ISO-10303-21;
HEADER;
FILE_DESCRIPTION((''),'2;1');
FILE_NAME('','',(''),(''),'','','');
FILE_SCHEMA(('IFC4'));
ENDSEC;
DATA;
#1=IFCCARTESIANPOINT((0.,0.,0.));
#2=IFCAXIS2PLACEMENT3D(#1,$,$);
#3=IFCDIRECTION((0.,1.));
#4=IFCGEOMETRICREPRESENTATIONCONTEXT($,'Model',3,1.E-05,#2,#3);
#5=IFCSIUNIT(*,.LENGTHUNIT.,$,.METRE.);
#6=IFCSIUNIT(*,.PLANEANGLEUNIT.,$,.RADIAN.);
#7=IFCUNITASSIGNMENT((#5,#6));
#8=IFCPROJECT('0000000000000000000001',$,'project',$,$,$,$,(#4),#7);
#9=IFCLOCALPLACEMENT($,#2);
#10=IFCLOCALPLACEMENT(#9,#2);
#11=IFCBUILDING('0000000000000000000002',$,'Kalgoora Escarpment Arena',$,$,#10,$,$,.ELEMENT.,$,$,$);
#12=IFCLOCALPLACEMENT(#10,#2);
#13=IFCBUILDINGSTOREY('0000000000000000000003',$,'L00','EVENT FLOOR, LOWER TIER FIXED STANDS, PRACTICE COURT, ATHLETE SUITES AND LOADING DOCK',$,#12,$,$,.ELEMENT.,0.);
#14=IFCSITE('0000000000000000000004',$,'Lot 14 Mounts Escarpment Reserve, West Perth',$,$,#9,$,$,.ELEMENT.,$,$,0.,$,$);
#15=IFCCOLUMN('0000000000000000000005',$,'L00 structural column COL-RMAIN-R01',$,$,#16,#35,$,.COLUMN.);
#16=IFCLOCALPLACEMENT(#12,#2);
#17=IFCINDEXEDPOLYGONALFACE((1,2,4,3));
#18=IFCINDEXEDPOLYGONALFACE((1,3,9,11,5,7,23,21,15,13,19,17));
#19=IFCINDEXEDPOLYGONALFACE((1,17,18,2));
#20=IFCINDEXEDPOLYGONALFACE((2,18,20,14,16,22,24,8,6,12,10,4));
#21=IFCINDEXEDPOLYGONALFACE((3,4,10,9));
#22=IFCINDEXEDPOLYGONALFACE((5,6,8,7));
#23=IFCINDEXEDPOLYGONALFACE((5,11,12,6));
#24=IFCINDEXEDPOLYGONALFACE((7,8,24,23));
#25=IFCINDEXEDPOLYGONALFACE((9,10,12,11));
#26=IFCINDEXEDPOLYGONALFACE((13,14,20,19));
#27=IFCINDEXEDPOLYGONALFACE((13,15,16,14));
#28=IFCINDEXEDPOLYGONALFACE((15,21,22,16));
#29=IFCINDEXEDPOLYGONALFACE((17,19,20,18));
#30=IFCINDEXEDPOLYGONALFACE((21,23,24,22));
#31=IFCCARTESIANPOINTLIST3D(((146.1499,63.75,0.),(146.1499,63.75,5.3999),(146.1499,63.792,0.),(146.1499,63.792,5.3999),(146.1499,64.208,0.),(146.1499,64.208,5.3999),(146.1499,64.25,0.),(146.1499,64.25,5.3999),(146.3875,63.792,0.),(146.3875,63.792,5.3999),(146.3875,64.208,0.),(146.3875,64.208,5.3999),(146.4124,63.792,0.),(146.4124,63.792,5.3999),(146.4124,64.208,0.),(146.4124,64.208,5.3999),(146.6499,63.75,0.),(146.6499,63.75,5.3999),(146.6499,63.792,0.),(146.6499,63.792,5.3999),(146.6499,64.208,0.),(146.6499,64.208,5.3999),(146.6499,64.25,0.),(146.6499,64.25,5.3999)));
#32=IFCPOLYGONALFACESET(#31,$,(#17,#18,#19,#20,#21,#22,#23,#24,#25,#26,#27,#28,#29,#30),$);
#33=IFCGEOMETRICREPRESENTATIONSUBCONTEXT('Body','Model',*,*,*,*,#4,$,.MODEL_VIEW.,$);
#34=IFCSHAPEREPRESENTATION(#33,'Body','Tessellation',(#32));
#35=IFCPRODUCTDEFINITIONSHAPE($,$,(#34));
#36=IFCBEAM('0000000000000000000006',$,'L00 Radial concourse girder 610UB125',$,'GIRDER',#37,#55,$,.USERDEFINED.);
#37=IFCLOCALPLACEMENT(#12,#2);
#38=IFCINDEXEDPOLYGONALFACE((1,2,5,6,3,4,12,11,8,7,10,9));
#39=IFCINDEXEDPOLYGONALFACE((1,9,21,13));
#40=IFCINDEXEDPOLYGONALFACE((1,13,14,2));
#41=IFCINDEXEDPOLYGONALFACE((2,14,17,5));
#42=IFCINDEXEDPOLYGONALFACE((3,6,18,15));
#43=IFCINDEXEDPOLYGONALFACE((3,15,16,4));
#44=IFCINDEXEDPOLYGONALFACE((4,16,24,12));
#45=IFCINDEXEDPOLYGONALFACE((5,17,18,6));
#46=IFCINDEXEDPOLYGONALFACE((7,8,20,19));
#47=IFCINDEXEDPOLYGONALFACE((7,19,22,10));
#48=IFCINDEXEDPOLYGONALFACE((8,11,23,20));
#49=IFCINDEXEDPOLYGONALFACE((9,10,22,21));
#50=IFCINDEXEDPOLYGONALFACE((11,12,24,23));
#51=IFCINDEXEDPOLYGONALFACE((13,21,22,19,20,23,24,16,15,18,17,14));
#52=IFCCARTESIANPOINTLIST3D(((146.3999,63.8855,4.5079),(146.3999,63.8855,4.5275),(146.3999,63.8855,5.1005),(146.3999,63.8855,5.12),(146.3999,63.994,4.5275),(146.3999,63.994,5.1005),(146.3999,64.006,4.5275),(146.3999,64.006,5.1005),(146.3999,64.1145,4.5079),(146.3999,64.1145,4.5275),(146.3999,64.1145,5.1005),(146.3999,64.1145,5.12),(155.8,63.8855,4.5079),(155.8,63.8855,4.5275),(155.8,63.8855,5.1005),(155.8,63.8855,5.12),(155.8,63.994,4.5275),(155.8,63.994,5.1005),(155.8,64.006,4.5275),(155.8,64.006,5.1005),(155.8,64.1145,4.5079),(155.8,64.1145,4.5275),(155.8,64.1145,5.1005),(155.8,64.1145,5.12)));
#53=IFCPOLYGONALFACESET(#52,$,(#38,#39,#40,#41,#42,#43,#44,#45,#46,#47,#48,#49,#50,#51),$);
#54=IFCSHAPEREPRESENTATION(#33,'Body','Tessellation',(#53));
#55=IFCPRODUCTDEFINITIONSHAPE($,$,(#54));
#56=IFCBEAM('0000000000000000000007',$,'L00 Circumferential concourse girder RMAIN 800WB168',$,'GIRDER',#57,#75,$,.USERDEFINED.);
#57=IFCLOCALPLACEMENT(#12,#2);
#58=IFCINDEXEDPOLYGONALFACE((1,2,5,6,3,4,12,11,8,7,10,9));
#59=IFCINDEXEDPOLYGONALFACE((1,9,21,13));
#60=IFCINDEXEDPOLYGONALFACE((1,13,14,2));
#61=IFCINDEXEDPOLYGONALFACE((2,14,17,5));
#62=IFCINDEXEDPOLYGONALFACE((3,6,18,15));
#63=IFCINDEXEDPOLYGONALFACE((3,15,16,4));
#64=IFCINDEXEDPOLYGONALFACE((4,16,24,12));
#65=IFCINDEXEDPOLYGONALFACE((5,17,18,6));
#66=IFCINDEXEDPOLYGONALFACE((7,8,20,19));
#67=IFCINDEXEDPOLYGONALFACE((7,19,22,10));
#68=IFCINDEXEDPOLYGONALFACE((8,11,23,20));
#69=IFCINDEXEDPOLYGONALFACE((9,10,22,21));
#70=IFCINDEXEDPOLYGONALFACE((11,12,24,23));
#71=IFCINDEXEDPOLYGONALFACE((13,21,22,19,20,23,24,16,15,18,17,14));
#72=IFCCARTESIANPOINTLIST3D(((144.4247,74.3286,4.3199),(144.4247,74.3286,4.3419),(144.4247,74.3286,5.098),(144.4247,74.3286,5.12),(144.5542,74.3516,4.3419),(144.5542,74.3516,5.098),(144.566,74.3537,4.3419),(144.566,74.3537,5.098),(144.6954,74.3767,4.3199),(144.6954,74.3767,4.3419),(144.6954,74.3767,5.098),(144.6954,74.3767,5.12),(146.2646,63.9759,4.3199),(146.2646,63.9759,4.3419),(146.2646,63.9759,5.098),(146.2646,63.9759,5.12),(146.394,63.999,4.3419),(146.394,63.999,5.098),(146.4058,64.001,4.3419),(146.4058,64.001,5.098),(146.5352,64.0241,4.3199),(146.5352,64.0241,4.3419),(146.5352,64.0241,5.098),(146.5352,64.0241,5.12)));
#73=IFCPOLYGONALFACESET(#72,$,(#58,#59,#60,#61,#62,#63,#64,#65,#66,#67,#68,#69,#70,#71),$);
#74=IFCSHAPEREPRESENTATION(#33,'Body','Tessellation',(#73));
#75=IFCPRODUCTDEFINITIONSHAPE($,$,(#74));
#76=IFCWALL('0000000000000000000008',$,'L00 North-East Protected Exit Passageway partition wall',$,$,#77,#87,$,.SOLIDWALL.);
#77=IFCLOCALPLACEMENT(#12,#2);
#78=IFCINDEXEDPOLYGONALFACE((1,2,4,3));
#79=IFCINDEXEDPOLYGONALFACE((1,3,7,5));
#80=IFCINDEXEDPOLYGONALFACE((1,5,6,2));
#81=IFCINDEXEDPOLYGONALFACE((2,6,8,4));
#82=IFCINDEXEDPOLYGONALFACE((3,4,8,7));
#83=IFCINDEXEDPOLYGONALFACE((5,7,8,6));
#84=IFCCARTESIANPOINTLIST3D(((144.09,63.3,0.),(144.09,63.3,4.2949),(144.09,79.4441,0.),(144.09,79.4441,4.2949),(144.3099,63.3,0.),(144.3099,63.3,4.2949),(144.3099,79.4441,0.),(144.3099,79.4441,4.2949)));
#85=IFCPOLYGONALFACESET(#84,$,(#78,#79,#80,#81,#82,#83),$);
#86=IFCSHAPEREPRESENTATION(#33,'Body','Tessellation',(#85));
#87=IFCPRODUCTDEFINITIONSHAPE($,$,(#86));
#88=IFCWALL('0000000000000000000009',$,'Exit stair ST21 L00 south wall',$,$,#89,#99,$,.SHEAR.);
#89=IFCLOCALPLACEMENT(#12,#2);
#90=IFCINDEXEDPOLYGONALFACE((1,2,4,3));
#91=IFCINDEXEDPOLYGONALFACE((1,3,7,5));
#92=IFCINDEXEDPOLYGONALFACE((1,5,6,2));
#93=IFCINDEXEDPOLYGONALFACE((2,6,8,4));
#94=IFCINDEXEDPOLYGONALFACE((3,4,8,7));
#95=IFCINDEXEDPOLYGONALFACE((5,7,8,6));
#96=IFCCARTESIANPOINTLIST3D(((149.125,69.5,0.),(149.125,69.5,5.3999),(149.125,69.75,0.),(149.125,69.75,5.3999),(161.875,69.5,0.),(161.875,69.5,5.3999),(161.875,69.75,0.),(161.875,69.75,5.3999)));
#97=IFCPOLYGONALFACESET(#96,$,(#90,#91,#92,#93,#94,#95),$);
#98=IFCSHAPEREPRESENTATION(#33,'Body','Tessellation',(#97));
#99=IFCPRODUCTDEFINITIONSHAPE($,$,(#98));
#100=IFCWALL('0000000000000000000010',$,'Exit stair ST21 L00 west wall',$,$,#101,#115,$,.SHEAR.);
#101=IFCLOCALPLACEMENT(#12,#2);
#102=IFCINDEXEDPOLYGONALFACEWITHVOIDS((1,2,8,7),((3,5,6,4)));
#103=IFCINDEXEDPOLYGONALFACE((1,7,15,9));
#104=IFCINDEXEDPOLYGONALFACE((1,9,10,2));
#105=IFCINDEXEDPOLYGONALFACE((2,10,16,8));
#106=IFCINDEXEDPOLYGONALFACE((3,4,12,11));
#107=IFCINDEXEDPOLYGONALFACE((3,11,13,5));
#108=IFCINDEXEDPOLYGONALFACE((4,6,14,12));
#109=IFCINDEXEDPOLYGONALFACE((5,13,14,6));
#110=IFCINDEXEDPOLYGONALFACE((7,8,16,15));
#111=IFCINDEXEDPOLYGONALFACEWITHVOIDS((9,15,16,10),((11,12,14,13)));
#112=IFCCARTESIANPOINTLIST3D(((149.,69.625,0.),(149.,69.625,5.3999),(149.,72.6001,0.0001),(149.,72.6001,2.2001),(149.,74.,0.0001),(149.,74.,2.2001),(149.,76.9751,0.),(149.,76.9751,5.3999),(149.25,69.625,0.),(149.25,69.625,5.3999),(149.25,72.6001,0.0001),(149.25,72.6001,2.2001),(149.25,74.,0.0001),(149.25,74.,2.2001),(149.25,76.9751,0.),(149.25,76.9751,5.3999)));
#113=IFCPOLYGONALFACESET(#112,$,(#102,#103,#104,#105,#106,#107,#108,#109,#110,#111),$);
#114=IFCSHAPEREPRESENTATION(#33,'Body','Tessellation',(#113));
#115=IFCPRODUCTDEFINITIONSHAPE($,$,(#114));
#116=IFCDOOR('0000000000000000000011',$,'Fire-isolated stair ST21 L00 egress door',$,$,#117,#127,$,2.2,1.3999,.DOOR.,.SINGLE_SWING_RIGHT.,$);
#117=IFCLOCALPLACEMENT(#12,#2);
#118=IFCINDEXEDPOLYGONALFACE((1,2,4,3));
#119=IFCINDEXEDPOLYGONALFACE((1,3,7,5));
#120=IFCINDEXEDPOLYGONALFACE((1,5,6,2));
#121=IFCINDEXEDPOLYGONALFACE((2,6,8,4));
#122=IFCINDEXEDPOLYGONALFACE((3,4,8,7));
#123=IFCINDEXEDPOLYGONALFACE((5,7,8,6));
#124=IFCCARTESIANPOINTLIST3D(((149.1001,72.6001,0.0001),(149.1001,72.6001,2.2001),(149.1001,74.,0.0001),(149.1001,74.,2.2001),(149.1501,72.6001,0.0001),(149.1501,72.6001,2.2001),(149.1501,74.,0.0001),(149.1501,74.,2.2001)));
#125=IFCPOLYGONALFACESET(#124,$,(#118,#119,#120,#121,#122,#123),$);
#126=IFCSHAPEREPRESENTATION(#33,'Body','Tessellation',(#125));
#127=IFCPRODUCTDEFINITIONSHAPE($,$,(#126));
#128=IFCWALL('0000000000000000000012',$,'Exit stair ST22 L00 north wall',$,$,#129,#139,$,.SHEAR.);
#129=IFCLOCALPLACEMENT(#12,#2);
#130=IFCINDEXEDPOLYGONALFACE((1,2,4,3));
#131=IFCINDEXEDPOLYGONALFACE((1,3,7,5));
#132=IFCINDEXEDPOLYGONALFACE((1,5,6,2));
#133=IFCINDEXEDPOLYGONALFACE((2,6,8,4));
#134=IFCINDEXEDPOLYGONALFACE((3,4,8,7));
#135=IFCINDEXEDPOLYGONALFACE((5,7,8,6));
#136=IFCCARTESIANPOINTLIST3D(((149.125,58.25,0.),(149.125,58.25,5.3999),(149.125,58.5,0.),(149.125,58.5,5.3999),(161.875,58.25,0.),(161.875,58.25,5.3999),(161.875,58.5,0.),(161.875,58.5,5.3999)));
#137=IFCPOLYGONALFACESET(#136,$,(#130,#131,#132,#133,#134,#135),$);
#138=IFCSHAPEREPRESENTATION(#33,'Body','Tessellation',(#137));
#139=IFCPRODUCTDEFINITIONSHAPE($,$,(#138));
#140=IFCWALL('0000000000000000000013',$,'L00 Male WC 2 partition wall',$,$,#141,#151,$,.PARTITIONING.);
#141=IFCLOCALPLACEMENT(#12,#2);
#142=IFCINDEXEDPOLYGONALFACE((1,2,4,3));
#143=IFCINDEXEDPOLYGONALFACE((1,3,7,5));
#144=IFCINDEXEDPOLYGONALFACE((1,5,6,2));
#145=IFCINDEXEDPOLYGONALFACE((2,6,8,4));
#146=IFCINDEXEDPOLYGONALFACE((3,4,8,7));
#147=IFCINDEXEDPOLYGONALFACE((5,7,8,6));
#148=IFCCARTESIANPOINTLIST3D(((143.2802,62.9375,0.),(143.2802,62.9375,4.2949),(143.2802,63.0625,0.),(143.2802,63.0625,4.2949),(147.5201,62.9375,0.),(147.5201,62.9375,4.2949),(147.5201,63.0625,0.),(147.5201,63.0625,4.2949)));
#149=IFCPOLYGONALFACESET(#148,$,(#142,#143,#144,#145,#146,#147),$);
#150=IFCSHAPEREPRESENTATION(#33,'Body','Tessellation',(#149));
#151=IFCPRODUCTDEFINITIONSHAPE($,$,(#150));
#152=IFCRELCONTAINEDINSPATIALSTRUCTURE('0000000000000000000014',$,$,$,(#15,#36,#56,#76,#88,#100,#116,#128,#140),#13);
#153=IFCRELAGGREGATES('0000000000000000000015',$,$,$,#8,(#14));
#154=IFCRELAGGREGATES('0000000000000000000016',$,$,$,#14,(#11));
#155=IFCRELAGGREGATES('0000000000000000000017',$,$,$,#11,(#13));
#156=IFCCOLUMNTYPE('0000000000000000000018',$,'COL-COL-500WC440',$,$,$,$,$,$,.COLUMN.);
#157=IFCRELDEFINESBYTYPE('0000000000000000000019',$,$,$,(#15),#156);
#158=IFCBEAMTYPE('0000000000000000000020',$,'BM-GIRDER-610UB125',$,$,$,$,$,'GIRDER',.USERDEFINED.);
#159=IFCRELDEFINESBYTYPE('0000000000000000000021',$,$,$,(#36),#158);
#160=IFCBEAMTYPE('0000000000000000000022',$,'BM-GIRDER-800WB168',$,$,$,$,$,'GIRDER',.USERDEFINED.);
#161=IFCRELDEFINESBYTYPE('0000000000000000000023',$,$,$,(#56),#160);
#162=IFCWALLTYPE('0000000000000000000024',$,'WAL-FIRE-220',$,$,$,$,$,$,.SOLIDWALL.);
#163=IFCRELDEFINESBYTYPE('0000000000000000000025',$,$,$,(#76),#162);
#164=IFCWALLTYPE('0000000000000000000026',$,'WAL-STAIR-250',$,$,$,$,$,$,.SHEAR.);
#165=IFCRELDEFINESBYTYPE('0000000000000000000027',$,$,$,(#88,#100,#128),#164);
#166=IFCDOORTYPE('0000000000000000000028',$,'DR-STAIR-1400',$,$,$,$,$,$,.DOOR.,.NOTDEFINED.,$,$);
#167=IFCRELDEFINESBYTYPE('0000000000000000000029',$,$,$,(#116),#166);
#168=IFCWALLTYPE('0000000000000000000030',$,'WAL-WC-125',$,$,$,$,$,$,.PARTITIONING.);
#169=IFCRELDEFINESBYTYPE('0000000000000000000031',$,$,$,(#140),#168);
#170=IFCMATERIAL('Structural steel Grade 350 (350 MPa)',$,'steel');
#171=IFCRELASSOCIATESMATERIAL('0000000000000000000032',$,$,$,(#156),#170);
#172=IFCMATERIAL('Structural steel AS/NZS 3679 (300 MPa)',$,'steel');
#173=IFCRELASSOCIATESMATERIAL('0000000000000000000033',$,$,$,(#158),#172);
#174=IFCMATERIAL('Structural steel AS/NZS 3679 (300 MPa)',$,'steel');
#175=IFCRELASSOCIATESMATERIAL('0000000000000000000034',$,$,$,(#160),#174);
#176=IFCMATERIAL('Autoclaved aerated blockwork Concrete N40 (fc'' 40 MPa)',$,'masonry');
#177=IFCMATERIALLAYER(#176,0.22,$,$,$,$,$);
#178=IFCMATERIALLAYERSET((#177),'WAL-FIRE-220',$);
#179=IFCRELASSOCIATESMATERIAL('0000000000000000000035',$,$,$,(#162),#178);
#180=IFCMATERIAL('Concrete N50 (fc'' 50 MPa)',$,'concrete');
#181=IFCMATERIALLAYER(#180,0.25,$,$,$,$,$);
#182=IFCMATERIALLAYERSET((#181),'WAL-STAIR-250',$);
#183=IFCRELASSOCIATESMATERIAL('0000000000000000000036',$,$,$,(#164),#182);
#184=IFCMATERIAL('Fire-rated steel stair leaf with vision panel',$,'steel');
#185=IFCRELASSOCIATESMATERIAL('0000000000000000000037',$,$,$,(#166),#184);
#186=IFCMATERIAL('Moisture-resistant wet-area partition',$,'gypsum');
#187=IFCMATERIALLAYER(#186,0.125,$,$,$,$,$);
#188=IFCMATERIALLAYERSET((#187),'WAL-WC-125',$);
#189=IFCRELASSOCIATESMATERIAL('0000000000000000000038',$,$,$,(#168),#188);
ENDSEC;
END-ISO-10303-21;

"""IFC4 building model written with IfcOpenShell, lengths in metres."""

from ifc_helpers import new_model, si_unit, direction, frame, frame_2d, origin, origin_2d, place, context, subcontext, project, spatial, rectangle, i_section, extrude, material, layer, layer_set, material_profile, profile_set, type_object, element, fill, save


model = new_model("IFC4")

# Units and contexts
model_context = context("Model", 3, precision=1e-05, world=origin(), true_north=direction((0.0, 1.0)))
body_context = subcontext(model_context, "Body", "Model", "MODEL_VIEW")
ifc_project = project(units=[si_unit("LENGTHUNIT", "METRE"), si_unit("PLANEANGLEUNIT", "RADIAN")], contexts=[model_context])

# Site, building, storey
site_placement = place(None, origin())
site = spatial("IfcSite", under=ifc_project, at=site_placement, Name="Lot 14 Mounts Escarpment Reserve, West Perth", CompositionType="ELEMENT", RefElevation=0.0)
building_placement = place(site_placement, origin())
building = spatial("IfcBuilding", under=site, at=building_placement, Name="Kalgoora Escarpment Arena", CompositionType="ELEMENT")
storey_placement = place(building_placement, origin())
storey = spatial("IfcBuildingStorey", under=building, at=storey_placement, Name="L00", Description="EVENT FLOOR, LOWER TIER FIXED STANDS, PRACTICE COURT, ATHLETE SUITES AND LOADING DOCK", CompositionType="ELEMENT", Elevation=0.0)

# Column
ifc_material_1 = material(Name="Structural steel Grade 350 (350 MPa)", Category="steel")
ifc_material_profile_1 = material_profile(ifc_material_1, i_section(OverallWidth=0.5, OverallDepth=0.5, WebThickness=0.0249, FlangeThickness=0.042, at=origin_2d()))
ifc_profile_set_1 = profile_set([ifc_material_profile_1], Name="Structural steel Grade 350 (350 MPa)")
column_type = type_object("IfcColumnType", Name="COL-COL-500WC440", PredefinedType="COLUMN", material=ifc_profile_set_1)
column_placement = place(storey_placement, frame((146.3999, 64.0, 0.0), z_axis=(0.0, 0.0, 1.0), x_axis=(1.0, 0.0, 0.0)))
element("IfcColumn", 1, at=column_placement, inside=storey, type_object=column_type, Name="L00 structural column COL-RMAIN-R01", PredefinedType="COLUMN", context=body_context, shape_type="SweptSolid", body=[
    extrude(i_section(OverallWidth=0.5, OverallDepth=0.5, WebThickness=0.0249, FlangeThickness=0.042, at=origin_2d()), origin(), (0.0, 0.0, 1.0), 5.3999),
])

# Beams
ifc_material_2 = material(Name="Structural steel AS/NZS 3679 (300 MPa)", Category="steel")
ifc_material_profile_2 = material_profile(ifc_material_2, i_section(OverallWidth=0.229, OverallDepth=0.6121, WebThickness=0.012, FlangeThickness=0.0195, at=origin_2d()))
ifc_profile_set_2 = profile_set([ifc_material_profile_2], Name="Structural steel AS/NZS 3679 (300 MPa)")
beam_type_1 = type_object("IfcBeamType", Name="BM-GIRDER-610UB125", ElementType="GIRDER", PredefinedType="USERDEFINED", material=ifc_profile_set_2)
beam_1_placement = place(storey_placement, frame((146.3999, 64.0, 4.814), z_axis=(1.0, 0.0, 0.0), x_axis=(0.0, 1.0, 0.0)))
element("IfcBeam", 2, at=beam_1_placement, inside=storey, type_object=beam_type_1, Name="L00 Radial concourse girder 610UB125", ObjectType="GIRDER", PredefinedType="USERDEFINED", context=body_context, shape_type="SweptSolid", body=[
    extrude(i_section(OverallWidth=0.229, OverallDepth=0.6121, WebThickness=0.012, FlangeThickness=0.0195, at=origin_2d()), origin(), (0.0, 0.0, 1.0), 9.4001),
])
ifc_material_3 = material(Name="Structural steel AS/NZS 3679 (300 MPa)", Category="steel")
ifc_material_profile_3 = material_profile(ifc_material_3, i_section(OverallWidth=0.2749, OverallDepth=0.8, WebThickness=0.012, FlangeThickness=0.022, at=origin_2d()))
ifc_profile_set_3 = profile_set([ifc_material_profile_3], Name="Structural steel AS/NZS 3679 (300 MPa)")
beam_type_2 = type_object("IfcBeamType", Name="BM-GIRDER-800WB168", ElementType="GIRDER", PredefinedType="USERDEFINED", material=ifc_profile_set_3)
beam_2_placement = place(storey_placement, frame((146.3999, 64.0, 4.72), z_axis=(-0.174973, 0.984573, 0.0), x_axis=(-0.984573, -0.174973, 0.0)))
element("IfcBeam", 3, at=beam_2_placement, inside=storey, type_object=beam_type_2, Name="L00 Circumferential concourse girder RMAIN 800WB168", ObjectType="GIRDER", PredefinedType="USERDEFINED", context=body_context, shape_type="SweptSolid", body=[
    extrude(i_section(OverallWidth=0.2749, OverallDepth=0.8, WebThickness=0.012, FlangeThickness=0.022, at=origin_2d()), origin(), (0.0, 0.0, 1.0), 10.5149),
])

# Walls
ifc_material_4 = material(Name="Autoclaved aerated blockwork Concrete N40 (fc' 40 MPa)", Category="masonry")
ifc_layer_1 = layer(ifc_material_4, 0.22)
ifc_layer_set_1 = layer_set([ifc_layer_1], Name="WAL-FIRE-220")
wall_type_1 = type_object("IfcWallType", Name="WAL-FIRE-220", PredefinedType="SOLIDWALL", material=ifc_layer_set_1)
wall_1_placement = place(storey_placement, frame((144.2, 63.3, 0.0), z_axis=(0.0, 0.0, 1.0), x_axis=(0.0, 1.0, 0.0)))
element("IfcWall", 4, at=wall_1_placement, inside=storey, type_object=wall_type_1, Name="L00 North-East Protected Exit Passageway partition wall", PredefinedType="SOLIDWALL", context=body_context, shape_type="SweptSolid", body=[
    extrude(rectangle(XDim=16.144, YDim=0.22, at=frame_2d((8.072, 0.0))), origin(), (0.0, 0.0, 1.0), 4.2949),
])
ifc_material_5 = material(Name="Concrete N50 (fc' 50 MPa)", Category="concrete")
ifc_layer_2 = layer(ifc_material_5, 0.25)
ifc_layer_set_2 = layer_set([ifc_layer_2], Name="WAL-STAIR-250")
wall_type_2 = type_object("IfcWallType", Name="WAL-STAIR-250", PredefinedType="SHEAR", material=ifc_layer_set_2)
wall_2_placement = place(storey_placement, frame((149.125, 69.625, 0.0), z_axis=(0.0, 0.0, 1.0), x_axis=(1.0, 0.0, 0.0)))
element("IfcWall", 5, at=wall_2_placement, inside=storey, type_object=wall_type_2, Name="Exit stair ST21 L00 south wall", PredefinedType="SHEAR", context=body_context, shape_type="SweptSolid", body=[
    extrude(rectangle(XDim=12.75, YDim=0.25, at=frame_2d((6.375, 0.0))), origin(), (0.0, 0.0, 1.0), 5.3999),
])

# Wall, opening, door
wall_3_placement = place(storey_placement, frame((149.125, 69.625, 0.0), z_axis=(0.0, 0.0, 1.0), x_axis=(0.0, 1.0, 0.0)))
wall_3 = element("IfcWall", 6, at=wall_3_placement, inside=storey, type_object=wall_type_2, Name="Exit stair ST21 L00 west wall", PredefinedType="SHEAR", context=body_context, shape_type="SweptSolid", body=[
    extrude(rectangle(XDim=7.3501, YDim=0.25, at=frame_2d((3.675, 0.0))), origin(), (0.0, 0.0, 1.0), 5.3999),
])
opening_1_placement = place(wall_3_placement, frame((2.9751, 0.0, 0.0)))
opening_1 = element("IfcOpeningElement", 7, at=opening_1_placement, cuts=wall_3, PredefinedType="OPENING", context=body_context, shape_type="SweptSolid", body=[
    extrude(rectangle(XDim=1.3999, YDim=2.2, at=frame_2d((0.7, 1.1001))), frame((0.0, 0.135, 0.0), z_axis=(0.0, -1.0, 0.0), x_axis=(1.0, 0.0, 0.0)), (0.0, 0.0, 1.0), 0.27),
])
ifc_material_6 = material(Name="Fire-rated steel stair leaf with vision panel", Category="steel")
door_type_1 = type_object("IfcDoorType", Name="DR-STAIR-1400", OperationType="NOTDEFINED", PredefinedType="DOOR", material=ifc_material_6)
door_1_placement = place(opening_1_placement, origin())
door_1 = element("IfcDoor", 8, at=door_1_placement, inside=storey, type_object=door_type_1, Name="Fire-isolated stair ST21 L00 egress door", OperationType="SINGLE_SWING_RIGHT", OverallHeight=2.2, OverallWidth=1.3999, PredefinedType="DOOR", context=body_context, shape_type="SweptSolid", body=[
    extrude(rectangle(XDim=1.3999, YDim=2.2, at=frame_2d((0.7, 1.1001))), frame((0.0, 0.0249, 0.0), z_axis=(0.0, -1.0, 0.0), x_axis=(1.0, 0.0, 0.0)), (0.0, 0.0, 1.0), 0.05),
])
fill(opening_1, door_1)

# Walls
wall_4_placement = place(storey_placement, frame((149.125, 58.375, 0.0), z_axis=(0.0, 0.0, 1.0), x_axis=(1.0, 0.0, 0.0)))
element("IfcWall", 9, at=wall_4_placement, inside=storey, type_object=wall_type_2, Name="Exit stair ST22 L00 north wall", PredefinedType="SHEAR", context=body_context, shape_type="SweptSolid", body=[
    extrude(rectangle(XDim=12.75, YDim=0.25, at=frame_2d((6.375, 0.0))), origin(), (0.0, 0.0, 1.0), 5.3999),
])
ifc_material_7 = material(Name="Moisture-resistant wet-area partition", Category="gypsum")
ifc_layer_3 = layer(ifc_material_7, 0.125)
ifc_layer_set_3 = layer_set([ifc_layer_3], Name="WAL-WC-125")
wall_type_3 = type_object("IfcWallType", Name="WAL-WC-125", PredefinedType="PARTITIONING", material=ifc_layer_set_3)
wall_5_placement = place(storey_placement, frame((143.28, 63.0, 0.0), z_axis=(0.0, 0.0, 1.0), x_axis=(1.0, 0.0, 0.0)))
element("IfcWall", 10, at=wall_5_placement, inside=storey, type_object=wall_type_3, Name="L00 Male WC 2 partition wall", PredefinedType="PARTITIONING", context=body_context, shape_type="SweptSolid", body=[
    extrude(rectangle(XDim=4.24, YDim=0.125, at=frame_2d((2.1201, 0.0))), origin(), (0.0, 0.0, 1.0), 4.2949),
])

save(model, "model.ifc")
